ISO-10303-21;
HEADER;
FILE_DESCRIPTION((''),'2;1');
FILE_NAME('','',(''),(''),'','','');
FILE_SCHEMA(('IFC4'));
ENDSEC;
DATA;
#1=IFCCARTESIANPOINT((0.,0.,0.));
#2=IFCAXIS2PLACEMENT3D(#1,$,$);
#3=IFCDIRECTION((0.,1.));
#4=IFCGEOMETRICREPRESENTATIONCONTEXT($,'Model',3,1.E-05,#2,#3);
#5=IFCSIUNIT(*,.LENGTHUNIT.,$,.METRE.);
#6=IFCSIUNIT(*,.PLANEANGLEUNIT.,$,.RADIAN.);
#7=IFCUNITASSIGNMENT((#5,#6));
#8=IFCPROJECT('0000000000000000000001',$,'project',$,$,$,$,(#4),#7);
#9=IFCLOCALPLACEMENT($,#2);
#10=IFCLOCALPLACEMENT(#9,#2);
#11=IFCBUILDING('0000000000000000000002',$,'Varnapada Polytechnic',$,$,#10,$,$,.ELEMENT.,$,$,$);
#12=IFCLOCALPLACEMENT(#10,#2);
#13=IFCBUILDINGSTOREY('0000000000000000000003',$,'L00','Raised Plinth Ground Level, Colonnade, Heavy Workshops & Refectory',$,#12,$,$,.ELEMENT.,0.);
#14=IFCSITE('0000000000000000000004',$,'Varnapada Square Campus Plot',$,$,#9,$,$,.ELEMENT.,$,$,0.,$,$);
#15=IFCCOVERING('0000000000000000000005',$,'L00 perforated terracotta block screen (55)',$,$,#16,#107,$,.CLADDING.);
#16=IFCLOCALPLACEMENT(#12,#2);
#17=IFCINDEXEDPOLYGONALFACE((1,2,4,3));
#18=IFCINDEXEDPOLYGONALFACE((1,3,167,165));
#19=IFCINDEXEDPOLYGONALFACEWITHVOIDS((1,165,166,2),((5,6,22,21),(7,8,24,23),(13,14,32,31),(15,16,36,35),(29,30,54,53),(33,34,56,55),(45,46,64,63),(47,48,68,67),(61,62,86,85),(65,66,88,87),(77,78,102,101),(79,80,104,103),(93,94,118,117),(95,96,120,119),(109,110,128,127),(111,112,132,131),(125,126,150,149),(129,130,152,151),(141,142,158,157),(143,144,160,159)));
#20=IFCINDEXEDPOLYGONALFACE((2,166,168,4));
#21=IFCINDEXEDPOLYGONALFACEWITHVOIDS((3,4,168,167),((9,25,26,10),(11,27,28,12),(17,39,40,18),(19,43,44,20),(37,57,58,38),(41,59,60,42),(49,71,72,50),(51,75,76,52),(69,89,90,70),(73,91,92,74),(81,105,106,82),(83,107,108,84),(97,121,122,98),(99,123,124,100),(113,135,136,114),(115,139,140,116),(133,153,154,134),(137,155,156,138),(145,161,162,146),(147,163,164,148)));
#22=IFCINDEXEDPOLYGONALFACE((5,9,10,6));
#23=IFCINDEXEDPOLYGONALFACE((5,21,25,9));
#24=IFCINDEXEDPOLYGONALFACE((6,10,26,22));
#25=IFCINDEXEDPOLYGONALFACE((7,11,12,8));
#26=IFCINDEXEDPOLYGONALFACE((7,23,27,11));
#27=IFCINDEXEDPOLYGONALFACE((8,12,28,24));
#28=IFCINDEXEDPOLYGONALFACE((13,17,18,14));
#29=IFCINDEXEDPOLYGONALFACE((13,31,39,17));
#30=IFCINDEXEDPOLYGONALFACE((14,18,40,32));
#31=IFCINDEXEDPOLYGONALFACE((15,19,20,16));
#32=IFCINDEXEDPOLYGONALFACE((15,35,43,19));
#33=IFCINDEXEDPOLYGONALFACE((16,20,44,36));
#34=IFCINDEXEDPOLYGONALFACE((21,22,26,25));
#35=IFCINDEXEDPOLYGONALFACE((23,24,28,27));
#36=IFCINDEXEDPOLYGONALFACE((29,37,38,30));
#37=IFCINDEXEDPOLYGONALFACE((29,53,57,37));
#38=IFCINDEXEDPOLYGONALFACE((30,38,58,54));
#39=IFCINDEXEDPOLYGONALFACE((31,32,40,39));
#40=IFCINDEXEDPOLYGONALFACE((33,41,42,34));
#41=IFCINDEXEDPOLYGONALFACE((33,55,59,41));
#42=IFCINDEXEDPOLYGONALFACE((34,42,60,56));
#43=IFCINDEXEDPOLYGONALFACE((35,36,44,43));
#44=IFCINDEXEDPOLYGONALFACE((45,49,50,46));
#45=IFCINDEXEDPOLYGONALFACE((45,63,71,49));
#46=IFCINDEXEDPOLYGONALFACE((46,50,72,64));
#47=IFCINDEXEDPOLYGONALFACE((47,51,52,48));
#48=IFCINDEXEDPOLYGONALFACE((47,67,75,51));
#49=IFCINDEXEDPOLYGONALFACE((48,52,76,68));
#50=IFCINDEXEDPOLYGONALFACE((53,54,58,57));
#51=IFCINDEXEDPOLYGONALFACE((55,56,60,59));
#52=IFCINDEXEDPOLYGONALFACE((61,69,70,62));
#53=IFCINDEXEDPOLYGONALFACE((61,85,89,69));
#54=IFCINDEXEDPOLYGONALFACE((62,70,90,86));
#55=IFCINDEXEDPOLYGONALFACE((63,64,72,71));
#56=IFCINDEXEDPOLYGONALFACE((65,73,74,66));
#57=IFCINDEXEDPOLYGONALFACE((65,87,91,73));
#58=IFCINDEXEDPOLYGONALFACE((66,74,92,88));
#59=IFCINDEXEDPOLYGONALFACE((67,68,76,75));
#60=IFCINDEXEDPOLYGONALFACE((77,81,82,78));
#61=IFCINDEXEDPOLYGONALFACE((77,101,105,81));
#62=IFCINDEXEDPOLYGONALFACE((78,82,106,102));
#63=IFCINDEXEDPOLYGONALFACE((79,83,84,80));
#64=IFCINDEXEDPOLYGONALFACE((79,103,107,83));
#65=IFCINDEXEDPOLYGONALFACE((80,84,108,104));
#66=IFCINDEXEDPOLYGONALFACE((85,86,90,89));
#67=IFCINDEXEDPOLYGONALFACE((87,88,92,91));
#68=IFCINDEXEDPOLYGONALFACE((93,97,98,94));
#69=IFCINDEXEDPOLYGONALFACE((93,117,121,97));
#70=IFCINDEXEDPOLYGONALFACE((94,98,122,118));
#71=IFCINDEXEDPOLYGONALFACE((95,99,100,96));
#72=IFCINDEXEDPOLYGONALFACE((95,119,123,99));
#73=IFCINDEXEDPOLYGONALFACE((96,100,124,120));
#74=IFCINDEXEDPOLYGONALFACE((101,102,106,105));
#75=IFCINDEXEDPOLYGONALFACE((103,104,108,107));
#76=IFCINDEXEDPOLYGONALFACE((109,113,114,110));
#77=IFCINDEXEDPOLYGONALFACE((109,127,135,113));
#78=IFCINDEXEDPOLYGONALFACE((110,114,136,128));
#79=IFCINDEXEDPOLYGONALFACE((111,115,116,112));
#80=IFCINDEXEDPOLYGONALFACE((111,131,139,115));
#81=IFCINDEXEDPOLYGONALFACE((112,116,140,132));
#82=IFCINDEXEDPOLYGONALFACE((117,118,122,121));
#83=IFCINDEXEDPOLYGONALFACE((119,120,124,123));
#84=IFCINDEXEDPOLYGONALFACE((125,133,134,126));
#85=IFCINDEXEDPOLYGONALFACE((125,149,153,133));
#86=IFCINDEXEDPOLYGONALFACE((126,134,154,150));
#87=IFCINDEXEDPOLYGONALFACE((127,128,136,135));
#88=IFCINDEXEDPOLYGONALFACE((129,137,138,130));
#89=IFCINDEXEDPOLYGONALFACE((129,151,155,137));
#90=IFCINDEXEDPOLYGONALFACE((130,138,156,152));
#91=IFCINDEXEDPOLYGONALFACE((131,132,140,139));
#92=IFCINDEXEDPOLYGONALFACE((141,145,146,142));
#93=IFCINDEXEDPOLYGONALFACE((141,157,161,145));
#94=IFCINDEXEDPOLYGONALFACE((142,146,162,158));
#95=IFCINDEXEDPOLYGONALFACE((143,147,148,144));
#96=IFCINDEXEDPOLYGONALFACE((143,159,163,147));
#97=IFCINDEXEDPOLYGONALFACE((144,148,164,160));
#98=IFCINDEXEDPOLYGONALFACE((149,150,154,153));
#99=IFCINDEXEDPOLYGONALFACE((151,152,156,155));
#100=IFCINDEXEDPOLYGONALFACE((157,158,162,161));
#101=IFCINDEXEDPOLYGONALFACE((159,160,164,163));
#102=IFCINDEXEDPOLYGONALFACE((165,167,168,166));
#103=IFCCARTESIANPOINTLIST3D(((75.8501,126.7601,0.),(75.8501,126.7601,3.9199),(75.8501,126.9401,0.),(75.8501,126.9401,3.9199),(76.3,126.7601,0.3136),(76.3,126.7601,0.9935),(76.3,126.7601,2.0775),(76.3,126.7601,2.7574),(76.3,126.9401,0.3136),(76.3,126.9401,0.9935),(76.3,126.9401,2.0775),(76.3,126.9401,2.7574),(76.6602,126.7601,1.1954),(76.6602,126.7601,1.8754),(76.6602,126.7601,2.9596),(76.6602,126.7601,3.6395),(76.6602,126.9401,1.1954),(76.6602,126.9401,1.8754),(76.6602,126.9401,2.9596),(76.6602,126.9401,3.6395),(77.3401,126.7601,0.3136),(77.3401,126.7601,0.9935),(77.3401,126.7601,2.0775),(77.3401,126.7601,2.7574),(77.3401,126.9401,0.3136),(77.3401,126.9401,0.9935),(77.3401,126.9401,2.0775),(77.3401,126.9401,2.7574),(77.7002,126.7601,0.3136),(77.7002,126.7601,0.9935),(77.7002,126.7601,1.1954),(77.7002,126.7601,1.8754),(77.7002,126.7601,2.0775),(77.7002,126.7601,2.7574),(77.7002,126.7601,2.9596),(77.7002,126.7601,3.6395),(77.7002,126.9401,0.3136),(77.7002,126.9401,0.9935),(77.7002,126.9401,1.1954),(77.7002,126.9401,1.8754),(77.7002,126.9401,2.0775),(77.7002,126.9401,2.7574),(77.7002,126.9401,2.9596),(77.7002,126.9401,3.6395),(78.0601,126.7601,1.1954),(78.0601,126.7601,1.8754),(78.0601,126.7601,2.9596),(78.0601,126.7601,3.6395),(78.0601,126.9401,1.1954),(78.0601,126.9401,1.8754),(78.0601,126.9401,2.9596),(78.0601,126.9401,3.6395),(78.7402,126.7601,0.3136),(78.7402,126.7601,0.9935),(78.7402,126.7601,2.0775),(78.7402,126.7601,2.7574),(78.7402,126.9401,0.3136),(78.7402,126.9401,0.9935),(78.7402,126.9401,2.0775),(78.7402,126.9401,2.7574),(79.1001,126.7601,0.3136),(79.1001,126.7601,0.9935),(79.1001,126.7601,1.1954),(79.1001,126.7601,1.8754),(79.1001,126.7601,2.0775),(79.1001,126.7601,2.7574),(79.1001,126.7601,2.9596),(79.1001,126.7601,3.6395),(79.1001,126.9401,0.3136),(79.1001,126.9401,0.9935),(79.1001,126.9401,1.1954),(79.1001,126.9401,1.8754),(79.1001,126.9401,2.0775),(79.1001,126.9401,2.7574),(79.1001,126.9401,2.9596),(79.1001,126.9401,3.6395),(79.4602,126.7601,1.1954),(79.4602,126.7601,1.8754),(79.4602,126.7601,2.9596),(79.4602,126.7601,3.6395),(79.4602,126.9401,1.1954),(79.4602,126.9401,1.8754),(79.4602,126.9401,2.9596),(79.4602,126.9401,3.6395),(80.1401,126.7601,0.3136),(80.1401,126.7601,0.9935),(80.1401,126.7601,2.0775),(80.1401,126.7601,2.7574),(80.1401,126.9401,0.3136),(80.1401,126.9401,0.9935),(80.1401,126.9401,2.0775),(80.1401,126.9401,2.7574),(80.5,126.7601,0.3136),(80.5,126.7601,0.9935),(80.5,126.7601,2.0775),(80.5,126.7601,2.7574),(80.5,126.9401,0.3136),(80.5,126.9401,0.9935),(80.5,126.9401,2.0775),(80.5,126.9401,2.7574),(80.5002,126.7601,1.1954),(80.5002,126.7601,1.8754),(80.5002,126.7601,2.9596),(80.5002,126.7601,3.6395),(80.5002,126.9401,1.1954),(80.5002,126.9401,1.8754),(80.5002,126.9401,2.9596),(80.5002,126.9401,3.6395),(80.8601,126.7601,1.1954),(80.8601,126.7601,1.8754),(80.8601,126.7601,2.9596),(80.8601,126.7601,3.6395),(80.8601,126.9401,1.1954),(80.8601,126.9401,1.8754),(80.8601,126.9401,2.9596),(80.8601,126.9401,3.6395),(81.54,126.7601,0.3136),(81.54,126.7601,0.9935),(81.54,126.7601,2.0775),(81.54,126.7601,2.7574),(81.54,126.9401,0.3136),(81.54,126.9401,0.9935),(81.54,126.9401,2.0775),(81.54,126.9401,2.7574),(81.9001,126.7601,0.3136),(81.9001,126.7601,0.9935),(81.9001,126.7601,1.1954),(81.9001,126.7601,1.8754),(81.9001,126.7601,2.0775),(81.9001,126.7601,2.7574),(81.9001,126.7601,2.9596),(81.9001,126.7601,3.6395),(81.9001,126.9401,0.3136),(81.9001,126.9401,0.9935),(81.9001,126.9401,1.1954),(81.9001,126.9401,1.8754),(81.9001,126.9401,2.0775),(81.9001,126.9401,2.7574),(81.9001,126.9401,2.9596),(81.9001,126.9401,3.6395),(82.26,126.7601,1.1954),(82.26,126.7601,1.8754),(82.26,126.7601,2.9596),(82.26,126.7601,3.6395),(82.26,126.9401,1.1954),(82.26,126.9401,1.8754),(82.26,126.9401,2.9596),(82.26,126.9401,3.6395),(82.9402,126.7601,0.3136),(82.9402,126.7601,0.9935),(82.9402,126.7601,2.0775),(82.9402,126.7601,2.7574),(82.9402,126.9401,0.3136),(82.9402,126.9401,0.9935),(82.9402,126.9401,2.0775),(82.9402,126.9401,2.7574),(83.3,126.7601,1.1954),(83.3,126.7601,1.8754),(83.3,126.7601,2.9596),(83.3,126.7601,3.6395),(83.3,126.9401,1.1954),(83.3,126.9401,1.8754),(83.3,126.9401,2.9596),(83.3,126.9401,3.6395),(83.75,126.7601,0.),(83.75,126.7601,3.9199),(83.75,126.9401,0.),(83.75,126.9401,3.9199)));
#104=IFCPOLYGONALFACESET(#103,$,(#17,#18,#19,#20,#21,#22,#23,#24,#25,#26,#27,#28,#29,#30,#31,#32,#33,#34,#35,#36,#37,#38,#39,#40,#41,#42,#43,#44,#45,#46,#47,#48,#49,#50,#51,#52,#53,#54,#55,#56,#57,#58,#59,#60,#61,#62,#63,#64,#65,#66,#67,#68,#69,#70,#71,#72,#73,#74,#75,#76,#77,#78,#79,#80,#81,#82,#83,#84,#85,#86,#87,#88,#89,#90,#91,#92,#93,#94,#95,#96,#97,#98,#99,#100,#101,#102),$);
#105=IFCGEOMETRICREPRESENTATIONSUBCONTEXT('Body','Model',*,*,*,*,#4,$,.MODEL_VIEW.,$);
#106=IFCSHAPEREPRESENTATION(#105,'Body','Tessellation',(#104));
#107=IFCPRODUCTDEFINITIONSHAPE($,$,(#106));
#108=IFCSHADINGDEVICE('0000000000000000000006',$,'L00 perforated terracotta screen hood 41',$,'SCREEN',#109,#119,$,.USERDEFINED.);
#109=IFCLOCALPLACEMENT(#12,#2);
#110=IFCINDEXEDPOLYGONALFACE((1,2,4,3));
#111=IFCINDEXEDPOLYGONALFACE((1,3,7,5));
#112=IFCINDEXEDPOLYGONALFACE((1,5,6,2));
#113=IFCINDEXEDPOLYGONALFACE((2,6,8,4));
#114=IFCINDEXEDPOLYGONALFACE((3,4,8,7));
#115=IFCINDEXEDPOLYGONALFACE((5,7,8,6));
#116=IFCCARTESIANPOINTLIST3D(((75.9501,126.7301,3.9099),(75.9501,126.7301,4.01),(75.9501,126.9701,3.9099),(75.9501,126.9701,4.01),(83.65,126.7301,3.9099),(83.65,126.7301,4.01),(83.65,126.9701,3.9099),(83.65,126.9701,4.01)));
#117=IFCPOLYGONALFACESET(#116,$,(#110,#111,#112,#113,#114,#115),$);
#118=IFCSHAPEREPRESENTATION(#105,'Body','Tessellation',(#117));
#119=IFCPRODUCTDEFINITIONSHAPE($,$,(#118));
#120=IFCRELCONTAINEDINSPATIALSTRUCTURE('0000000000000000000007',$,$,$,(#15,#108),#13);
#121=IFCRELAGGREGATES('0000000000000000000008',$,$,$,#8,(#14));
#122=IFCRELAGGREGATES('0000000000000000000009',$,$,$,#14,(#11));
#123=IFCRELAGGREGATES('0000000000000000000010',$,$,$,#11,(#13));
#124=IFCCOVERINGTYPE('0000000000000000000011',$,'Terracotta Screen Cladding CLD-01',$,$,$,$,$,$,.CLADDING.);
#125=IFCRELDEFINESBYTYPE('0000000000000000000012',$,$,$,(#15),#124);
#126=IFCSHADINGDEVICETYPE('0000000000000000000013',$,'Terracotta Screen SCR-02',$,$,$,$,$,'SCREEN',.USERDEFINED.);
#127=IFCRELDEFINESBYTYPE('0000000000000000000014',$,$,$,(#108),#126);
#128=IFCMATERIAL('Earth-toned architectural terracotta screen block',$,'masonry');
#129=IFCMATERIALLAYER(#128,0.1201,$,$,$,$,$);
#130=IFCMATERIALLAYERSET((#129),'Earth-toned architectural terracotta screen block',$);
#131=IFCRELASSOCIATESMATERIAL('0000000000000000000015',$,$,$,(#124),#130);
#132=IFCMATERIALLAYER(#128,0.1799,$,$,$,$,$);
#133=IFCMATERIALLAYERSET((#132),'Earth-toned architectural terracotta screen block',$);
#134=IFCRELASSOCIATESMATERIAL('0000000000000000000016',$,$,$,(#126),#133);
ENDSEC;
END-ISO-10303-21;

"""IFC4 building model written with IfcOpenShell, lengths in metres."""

from ifc_helpers import new_model, si_unit, direction, frame, frame_2d, origin, origin_2d, place, context, subcontext, project, spatial, rectangle, extrude, material, layer, layer_set, type_object, element, save


model = new_model("IFC4")

# Units and contexts
model_context = context("Model", 3, precision=1e-05, world=origin(), true_north=direction((0.0, 1.0)))
body_context = subcontext(model_context, "Body", "Model", "MODEL_VIEW")
ifc_project = project(units=[si_unit("LENGTHUNIT", "METRE"), si_unit("PLANEANGLEUNIT", "RADIAN")], contexts=[model_context])

# Site, building, storey
site_placement = place(None, origin())
site = spatial("IfcSite", under=ifc_project, at=site_placement, Name="Varnapada Square Campus Plot", CompositionType="ELEMENT", RefElevation=0.0)
building_placement = place(site_placement, origin())
building = spatial("IfcBuilding", under=site, at=building_placement, Name="Varnapada Polytechnic", CompositionType="ELEMENT")
storey_placement = place(building_placement, origin())
storey = spatial("IfcBuildingStorey", under=building, at=storey_placement, Name="L00", Description="Raised Plinth Ground Level, Colonnade, Heavy Workshops & Refectory", CompositionType="ELEMENT", Elevation=0.0)

# Covering, openings
ifc_material_1 = material(Name="Earth-toned architectural terracotta screen block", Category="masonry")
ifc_layer_1 = layer(ifc_material_1, 0.1201)
ifc_layer_set_1 = layer_set([ifc_layer_1], Name="Earth-toned architectural terracotta screen block")
covering_type_1 = type_object("IfcCoveringType", Name="Terracotta Screen Cladding CLD-01", PredefinedType="CLADDING", material=ifc_layer_set_1)
covering_1_placement = place(storey_placement, frame((75.8501, 126.8501, 0.0), z_axis=(0.0, 0.0, 1.0), x_axis=(1.0, 0.0, 0.0)))
covering_1 = element("IfcCovering", 1, at=covering_1_placement, inside=storey, type_object=covering_type_1, Name="L00 perforated terracotta block screen (55)", PredefinedType="CLADDING", context=body_context, shape_type="SweptSolid", body=[
    extrude(rectangle(XDim=7.8999, YDim=0.1799, at=frame_2d((3.95, 0.0))), origin(), (0.0, 0.0, 1.0), 3.9199),
])
opening_1_placement = place(covering_1_placement, frame((0.45, 0.0, 0.3137)))
element("IfcOpeningElement", 2, at=opening_1_placement, cuts=covering_1, PredefinedType="OPENING", context=body_context, shape_type="SweptSolid", body=[
    extrude(rectangle(XDim=1.04, YDim=0.6799, at=frame_2d((0.52, 0.3398))), frame((0.0, 0.0999, 0.0), z_axis=(0.0, -1.0, 0.0), x_axis=(1.0, 0.0, 0.0)), (0.0, 0.0, 1.0), 0.2),
])
opening_2_placement = place(covering_1_placement, frame((1.8501, 0.0, 0.3137)))
element("IfcOpeningElement", 3, at=opening_2_placement, cuts=covering_1, PredefinedType="OPENING", context=body_context, shape_type="SweptSolid", body=[
    extrude(rectangle(XDim=1.04, YDim=0.6799, at=frame_2d((0.52, 0.3398))), frame((0.0, 0.0999, 0.0), z_axis=(0.0, -1.0, 0.0), x_axis=(1.0, 0.0, 0.0)), (0.0, 0.0, 1.0), 0.2),
])
opening_3_placement = place(covering_1_placement, frame((3.25, 0.0, 0.3137)))
element("IfcOpeningElement", 4, at=opening_3_placement, cuts=covering_1, PredefinedType="OPENING", context=body_context, shape_type="SweptSolid", body=[
    extrude(rectangle(XDim=1.04, YDim=0.6799, at=frame_2d((0.52, 0.3398))), frame((0.0, 0.0999, 0.0), z_axis=(0.0, -1.0, 0.0), x_axis=(1.0, 0.0, 0.0)), (0.0, 0.0, 1.0), 0.2),
])
opening_4_placement = place(covering_1_placement, frame((4.6499, 0.0, 0.3137)))
element("IfcOpeningElement", 5, at=opening_4_placement, cuts=covering_1, PredefinedType="OPENING", context=body_context, shape_type="SweptSolid", body=[
    extrude(rectangle(XDim=1.04, YDim=0.6799, at=frame_2d((0.52, 0.3398))), frame((0.0, 0.0999, 0.0), z_axis=(0.0, -1.0, 0.0), x_axis=(1.0, 0.0, 0.0)), (0.0, 0.0, 1.0), 0.2),
])
opening_5_placement = place(covering_1_placement, frame((6.05, 0.0, 0.3137)))
element("IfcOpeningElement", 6, at=opening_5_placement, cuts=covering_1, PredefinedType="OPENING", context=body_context, shape_type="SweptSolid", body=[
    extrude(rectangle(XDim=1.04, YDim=0.6799, at=frame_2d((0.52, 0.3398))), frame((0.0, 0.0999, 0.0), z_axis=(0.0, -1.0, 0.0), x_axis=(1.0, 0.0, 0.0)), (0.0, 0.0, 1.0), 0.2),
])
opening_6_placement = place(covering_1_placement, frame((0.8101, 0.0, 1.1956)))
element("IfcOpeningElement", 7, at=opening_6_placement, cuts=covering_1, PredefinedType="OPENING", context=body_context, shape_type="SweptSolid", body=[
    extrude(rectangle(XDim=1.04, YDim=0.6799, at=frame_2d((0.52, 0.3398))), frame((0.0, 0.0999, 0.0), z_axis=(0.0, -1.0, 0.0), x_axis=(1.0, 0.0, 0.0)), (0.0, 0.0, 1.0), 0.2),
])
opening_7_placement = place(covering_1_placement, frame((2.21, 0.0, 1.1956)))
element("IfcOpeningElement", 8, at=opening_7_placement, cuts=covering_1, PredefinedType="OPENING", context=body_context, shape_type="SweptSolid", body=[
    extrude(rectangle(XDim=1.04, YDim=0.6799, at=frame_2d((0.52, 0.3398))), frame((0.0, 0.0999, 0.0), z_axis=(0.0, -1.0, 0.0), x_axis=(1.0, 0.0, 0.0)), (0.0, 0.0, 1.0), 0.2),
])
opening_8_placement = place(covering_1_placement, frame((3.6101, 0.0, 1.1956)))
element("IfcOpeningElement", 9, at=opening_8_placement, cuts=covering_1, PredefinedType="OPENING", context=body_context, shape_type="SweptSolid", body=[
    extrude(rectangle(XDim=1.04, YDim=0.6799, at=frame_2d((0.52, 0.3398))), frame((0.0, 0.0999, 0.0), z_axis=(0.0, -1.0, 0.0), x_axis=(1.0, 0.0, 0.0)), (0.0, 0.0, 1.0), 0.2),
])
opening_9_placement = place(covering_1_placement, frame((5.01, 0.0, 1.1956)))
element("IfcOpeningElement", 10, at=opening_9_placement, cuts=covering_1, PredefinedType="OPENING", context=body_context, shape_type="SweptSolid", body=[
    extrude(rectangle(XDim=1.04, YDim=0.6799, at=frame_2d((0.52, 0.3398))), frame((0.0, 0.0999, 0.0), z_axis=(0.0, -1.0, 0.0), x_axis=(1.0, 0.0, 0.0)), (0.0, 0.0, 1.0), 0.2),
])
opening_10_placement = place(covering_1_placement, frame((6.4099, 0.0, 1.1956)))
element("IfcOpeningElement", 11, at=opening_10_placement, cuts=covering_1, PredefinedType="OPENING", context=body_context, shape_type="SweptSolid", body=[
    extrude(rectangle(XDim=1.04, YDim=0.6799, at=frame_2d((0.52, 0.3398))), frame((0.0, 0.0999, 0.0), z_axis=(0.0, -1.0, 0.0), x_axis=(1.0, 0.0, 0.0)), (0.0, 0.0, 1.0), 0.2),
])
opening_11_placement = place(covering_1_placement, frame((0.45, 0.0, 2.0776)))
element("IfcOpeningElement", 12, at=opening_11_placement, cuts=covering_1, PredefinedType="OPENING", context=body_context, shape_type="SweptSolid", body=[
    extrude(rectangle(XDim=1.04, YDim=0.6799, at=frame_2d((0.52, 0.3398))), frame((0.0, 0.0999, 0.0), z_axis=(0.0, -1.0, 0.0), x_axis=(1.0, 0.0, 0.0)), (0.0, 0.0, 1.0), 0.2),
])
opening_12_placement = place(covering_1_placement, frame((1.8501, 0.0, 2.0776)))
element("IfcOpeningElement", 13, at=opening_12_placement, cuts=covering_1, PredefinedType="OPENING", context=body_context, shape_type="SweptSolid", body=[
    extrude(rectangle(XDim=1.04, YDim=0.6799, at=frame_2d((0.52, 0.3398))), frame((0.0, 0.0999, 0.0), z_axis=(0.0, -1.0, 0.0), x_axis=(1.0, 0.0, 0.0)), (0.0, 0.0, 1.0), 0.2),
])
opening_13_placement = place(covering_1_placement, frame((3.25, 0.0, 2.0776)))
element("IfcOpeningElement", 14, at=opening_13_placement, cuts=covering_1, PredefinedType="OPENING", context=body_context, shape_type="SweptSolid", body=[
    extrude(rectangle(XDim=1.04, YDim=0.6799, at=frame_2d((0.52, 0.3398))), frame((0.0, 0.0999, 0.0), z_axis=(0.0, -1.0, 0.0), x_axis=(1.0, 0.0, 0.0)), (0.0, 0.0, 1.0), 0.2),
])
opening_14_placement = place(covering_1_placement, frame((4.6499, 0.0, 2.0776)))
element("IfcOpeningElement", 15, at=opening_14_placement, cuts=covering_1, PredefinedType="OPENING", context=body_context, shape_type="SweptSolid", body=[
    extrude(rectangle(XDim=1.04, YDim=0.6799, at=frame_2d((0.52, 0.3398))), frame((0.0, 0.0999, 0.0), z_axis=(0.0, -1.0, 0.0), x_axis=(1.0, 0.0, 0.0)), (0.0, 0.0, 1.0), 0.2),
])
opening_15_placement = place(covering_1_placement, frame((6.05, 0.0, 2.0776)))
element("IfcOpeningElement", 16, at=opening_15_placement, cuts=covering_1, PredefinedType="OPENING", context=body_context, shape_type="SweptSolid", body=[
    extrude(rectangle(XDim=1.04, YDim=0.6799, at=frame_2d((0.52, 0.3398))), frame((0.0, 0.0999, 0.0), z_axis=(0.0, -1.0, 0.0), x_axis=(1.0, 0.0, 0.0)), (0.0, 0.0, 1.0), 0.2),
])
opening_16_placement = place(covering_1_placement, frame((0.8101, 0.0, 2.9597)))
element("IfcOpeningElement", 17, at=opening_16_placement, cuts=covering_1, PredefinedType="OPENING", context=body_context, shape_type="SweptSolid", body=[
    extrude(rectangle(XDim=1.04, YDim=0.6799, at=frame_2d((0.52, 0.3398))), frame((0.0, 0.0999, 0.0), z_axis=(0.0, -1.0, 0.0), x_axis=(1.0, 0.0, 0.0)), (0.0, 0.0, 1.0), 0.2),
])
opening_17_placement = place(covering_1_placement, frame((2.21, 0.0, 2.9597)))
element("IfcOpeningElement", 18, at=opening_17_placement, cuts=covering_1, PredefinedType="OPENING", context=body_context, shape_type="SweptSolid", body=[
    extrude(rectangle(XDim=1.04, YDim=0.6799, at=frame_2d((0.52, 0.3398))), frame((0.0, 0.0999, 0.0), z_axis=(0.0, -1.0, 0.0), x_axis=(1.0, 0.0, 0.0)), (0.0, 0.0, 1.0), 0.2),
])
opening_18_placement = place(covering_1_placement, frame((3.6101, 0.0, 2.9597)))
element("IfcOpeningElement", 19, at=opening_18_placement, cuts=covering_1, PredefinedType="OPENING", context=body_context, shape_type="SweptSolid", body=[
    extrude(rectangle(XDim=1.04, YDim=0.6799, at=frame_2d((0.52, 0.3398))), frame((0.0, 0.0999, 0.0), z_axis=(0.0, -1.0, 0.0), x_axis=(1.0, 0.0, 0.0)), (0.0, 0.0, 1.0), 0.2),
])
opening_19_placement = place(covering_1_placement, frame((5.01, 0.0, 2.9597)))
element("IfcOpeningElement", 20, at=opening_19_placement, cuts=covering_1, PredefinedType="OPENING", context=body_context, shape_type="SweptSolid", body=[
    extrude(rectangle(XDim=1.04, YDim=0.6799, at=frame_2d((0.52, 0.3398))), frame((0.0, 0.0999, 0.0), z_axis=(0.0, -1.0, 0.0), x_axis=(1.0, 0.0, 0.0)), (0.0, 0.0, 1.0), 0.2),
])
opening_20_placement = place(covering_1_placement, frame((6.4099, 0.0, 2.9597)))
element("IfcOpeningElement", 21, at=opening_20_placement, cuts=covering_1, PredefinedType="OPENING", context=body_context, shape_type="SweptSolid", body=[
    extrude(rectangle(XDim=1.04, YDim=0.6799, at=frame_2d((0.52, 0.3398))), frame((0.0, 0.0999, 0.0), z_axis=(0.0, -1.0, 0.0), x_axis=(1.0, 0.0, 0.0)), (0.0, 0.0, 1.0), 0.2),
])

# Shading device
ifc_layer_2 = layer(ifc_material_1, 0.1799)
ifc_layer_set_2 = layer_set([ifc_layer_2], Name="Earth-toned architectural terracotta screen block")
shading_device_type_1 = type_object("IfcShadingDeviceType", Name="Terracotta Screen SCR-02", ElementType="SCREEN", PredefinedType="USERDEFINED", material=ifc_layer_set_2)
shading_device_1_placement = place(storey_placement, frame((79.8, 126.8501, 3.9099), z_axis=(0.0, 0.0, 1.0), x_axis=(1.0, 0.0, 0.0)))
element("IfcShadingDevice", 22, at=shading_device_1_placement, inside=storey, type_object=shading_device_type_1, Name="L00 perforated terracotta screen hood 41", ObjectType="SCREEN", PredefinedType="USERDEFINED", context=body_context, shape_type="SweptSolid", body=[
    extrude(rectangle(XDim=7.7, YDim=0.24, at=origin_2d()), origin(), (0.0, 0.0, 1.0), 0.1001),
])

save(model, "model.ifc")
